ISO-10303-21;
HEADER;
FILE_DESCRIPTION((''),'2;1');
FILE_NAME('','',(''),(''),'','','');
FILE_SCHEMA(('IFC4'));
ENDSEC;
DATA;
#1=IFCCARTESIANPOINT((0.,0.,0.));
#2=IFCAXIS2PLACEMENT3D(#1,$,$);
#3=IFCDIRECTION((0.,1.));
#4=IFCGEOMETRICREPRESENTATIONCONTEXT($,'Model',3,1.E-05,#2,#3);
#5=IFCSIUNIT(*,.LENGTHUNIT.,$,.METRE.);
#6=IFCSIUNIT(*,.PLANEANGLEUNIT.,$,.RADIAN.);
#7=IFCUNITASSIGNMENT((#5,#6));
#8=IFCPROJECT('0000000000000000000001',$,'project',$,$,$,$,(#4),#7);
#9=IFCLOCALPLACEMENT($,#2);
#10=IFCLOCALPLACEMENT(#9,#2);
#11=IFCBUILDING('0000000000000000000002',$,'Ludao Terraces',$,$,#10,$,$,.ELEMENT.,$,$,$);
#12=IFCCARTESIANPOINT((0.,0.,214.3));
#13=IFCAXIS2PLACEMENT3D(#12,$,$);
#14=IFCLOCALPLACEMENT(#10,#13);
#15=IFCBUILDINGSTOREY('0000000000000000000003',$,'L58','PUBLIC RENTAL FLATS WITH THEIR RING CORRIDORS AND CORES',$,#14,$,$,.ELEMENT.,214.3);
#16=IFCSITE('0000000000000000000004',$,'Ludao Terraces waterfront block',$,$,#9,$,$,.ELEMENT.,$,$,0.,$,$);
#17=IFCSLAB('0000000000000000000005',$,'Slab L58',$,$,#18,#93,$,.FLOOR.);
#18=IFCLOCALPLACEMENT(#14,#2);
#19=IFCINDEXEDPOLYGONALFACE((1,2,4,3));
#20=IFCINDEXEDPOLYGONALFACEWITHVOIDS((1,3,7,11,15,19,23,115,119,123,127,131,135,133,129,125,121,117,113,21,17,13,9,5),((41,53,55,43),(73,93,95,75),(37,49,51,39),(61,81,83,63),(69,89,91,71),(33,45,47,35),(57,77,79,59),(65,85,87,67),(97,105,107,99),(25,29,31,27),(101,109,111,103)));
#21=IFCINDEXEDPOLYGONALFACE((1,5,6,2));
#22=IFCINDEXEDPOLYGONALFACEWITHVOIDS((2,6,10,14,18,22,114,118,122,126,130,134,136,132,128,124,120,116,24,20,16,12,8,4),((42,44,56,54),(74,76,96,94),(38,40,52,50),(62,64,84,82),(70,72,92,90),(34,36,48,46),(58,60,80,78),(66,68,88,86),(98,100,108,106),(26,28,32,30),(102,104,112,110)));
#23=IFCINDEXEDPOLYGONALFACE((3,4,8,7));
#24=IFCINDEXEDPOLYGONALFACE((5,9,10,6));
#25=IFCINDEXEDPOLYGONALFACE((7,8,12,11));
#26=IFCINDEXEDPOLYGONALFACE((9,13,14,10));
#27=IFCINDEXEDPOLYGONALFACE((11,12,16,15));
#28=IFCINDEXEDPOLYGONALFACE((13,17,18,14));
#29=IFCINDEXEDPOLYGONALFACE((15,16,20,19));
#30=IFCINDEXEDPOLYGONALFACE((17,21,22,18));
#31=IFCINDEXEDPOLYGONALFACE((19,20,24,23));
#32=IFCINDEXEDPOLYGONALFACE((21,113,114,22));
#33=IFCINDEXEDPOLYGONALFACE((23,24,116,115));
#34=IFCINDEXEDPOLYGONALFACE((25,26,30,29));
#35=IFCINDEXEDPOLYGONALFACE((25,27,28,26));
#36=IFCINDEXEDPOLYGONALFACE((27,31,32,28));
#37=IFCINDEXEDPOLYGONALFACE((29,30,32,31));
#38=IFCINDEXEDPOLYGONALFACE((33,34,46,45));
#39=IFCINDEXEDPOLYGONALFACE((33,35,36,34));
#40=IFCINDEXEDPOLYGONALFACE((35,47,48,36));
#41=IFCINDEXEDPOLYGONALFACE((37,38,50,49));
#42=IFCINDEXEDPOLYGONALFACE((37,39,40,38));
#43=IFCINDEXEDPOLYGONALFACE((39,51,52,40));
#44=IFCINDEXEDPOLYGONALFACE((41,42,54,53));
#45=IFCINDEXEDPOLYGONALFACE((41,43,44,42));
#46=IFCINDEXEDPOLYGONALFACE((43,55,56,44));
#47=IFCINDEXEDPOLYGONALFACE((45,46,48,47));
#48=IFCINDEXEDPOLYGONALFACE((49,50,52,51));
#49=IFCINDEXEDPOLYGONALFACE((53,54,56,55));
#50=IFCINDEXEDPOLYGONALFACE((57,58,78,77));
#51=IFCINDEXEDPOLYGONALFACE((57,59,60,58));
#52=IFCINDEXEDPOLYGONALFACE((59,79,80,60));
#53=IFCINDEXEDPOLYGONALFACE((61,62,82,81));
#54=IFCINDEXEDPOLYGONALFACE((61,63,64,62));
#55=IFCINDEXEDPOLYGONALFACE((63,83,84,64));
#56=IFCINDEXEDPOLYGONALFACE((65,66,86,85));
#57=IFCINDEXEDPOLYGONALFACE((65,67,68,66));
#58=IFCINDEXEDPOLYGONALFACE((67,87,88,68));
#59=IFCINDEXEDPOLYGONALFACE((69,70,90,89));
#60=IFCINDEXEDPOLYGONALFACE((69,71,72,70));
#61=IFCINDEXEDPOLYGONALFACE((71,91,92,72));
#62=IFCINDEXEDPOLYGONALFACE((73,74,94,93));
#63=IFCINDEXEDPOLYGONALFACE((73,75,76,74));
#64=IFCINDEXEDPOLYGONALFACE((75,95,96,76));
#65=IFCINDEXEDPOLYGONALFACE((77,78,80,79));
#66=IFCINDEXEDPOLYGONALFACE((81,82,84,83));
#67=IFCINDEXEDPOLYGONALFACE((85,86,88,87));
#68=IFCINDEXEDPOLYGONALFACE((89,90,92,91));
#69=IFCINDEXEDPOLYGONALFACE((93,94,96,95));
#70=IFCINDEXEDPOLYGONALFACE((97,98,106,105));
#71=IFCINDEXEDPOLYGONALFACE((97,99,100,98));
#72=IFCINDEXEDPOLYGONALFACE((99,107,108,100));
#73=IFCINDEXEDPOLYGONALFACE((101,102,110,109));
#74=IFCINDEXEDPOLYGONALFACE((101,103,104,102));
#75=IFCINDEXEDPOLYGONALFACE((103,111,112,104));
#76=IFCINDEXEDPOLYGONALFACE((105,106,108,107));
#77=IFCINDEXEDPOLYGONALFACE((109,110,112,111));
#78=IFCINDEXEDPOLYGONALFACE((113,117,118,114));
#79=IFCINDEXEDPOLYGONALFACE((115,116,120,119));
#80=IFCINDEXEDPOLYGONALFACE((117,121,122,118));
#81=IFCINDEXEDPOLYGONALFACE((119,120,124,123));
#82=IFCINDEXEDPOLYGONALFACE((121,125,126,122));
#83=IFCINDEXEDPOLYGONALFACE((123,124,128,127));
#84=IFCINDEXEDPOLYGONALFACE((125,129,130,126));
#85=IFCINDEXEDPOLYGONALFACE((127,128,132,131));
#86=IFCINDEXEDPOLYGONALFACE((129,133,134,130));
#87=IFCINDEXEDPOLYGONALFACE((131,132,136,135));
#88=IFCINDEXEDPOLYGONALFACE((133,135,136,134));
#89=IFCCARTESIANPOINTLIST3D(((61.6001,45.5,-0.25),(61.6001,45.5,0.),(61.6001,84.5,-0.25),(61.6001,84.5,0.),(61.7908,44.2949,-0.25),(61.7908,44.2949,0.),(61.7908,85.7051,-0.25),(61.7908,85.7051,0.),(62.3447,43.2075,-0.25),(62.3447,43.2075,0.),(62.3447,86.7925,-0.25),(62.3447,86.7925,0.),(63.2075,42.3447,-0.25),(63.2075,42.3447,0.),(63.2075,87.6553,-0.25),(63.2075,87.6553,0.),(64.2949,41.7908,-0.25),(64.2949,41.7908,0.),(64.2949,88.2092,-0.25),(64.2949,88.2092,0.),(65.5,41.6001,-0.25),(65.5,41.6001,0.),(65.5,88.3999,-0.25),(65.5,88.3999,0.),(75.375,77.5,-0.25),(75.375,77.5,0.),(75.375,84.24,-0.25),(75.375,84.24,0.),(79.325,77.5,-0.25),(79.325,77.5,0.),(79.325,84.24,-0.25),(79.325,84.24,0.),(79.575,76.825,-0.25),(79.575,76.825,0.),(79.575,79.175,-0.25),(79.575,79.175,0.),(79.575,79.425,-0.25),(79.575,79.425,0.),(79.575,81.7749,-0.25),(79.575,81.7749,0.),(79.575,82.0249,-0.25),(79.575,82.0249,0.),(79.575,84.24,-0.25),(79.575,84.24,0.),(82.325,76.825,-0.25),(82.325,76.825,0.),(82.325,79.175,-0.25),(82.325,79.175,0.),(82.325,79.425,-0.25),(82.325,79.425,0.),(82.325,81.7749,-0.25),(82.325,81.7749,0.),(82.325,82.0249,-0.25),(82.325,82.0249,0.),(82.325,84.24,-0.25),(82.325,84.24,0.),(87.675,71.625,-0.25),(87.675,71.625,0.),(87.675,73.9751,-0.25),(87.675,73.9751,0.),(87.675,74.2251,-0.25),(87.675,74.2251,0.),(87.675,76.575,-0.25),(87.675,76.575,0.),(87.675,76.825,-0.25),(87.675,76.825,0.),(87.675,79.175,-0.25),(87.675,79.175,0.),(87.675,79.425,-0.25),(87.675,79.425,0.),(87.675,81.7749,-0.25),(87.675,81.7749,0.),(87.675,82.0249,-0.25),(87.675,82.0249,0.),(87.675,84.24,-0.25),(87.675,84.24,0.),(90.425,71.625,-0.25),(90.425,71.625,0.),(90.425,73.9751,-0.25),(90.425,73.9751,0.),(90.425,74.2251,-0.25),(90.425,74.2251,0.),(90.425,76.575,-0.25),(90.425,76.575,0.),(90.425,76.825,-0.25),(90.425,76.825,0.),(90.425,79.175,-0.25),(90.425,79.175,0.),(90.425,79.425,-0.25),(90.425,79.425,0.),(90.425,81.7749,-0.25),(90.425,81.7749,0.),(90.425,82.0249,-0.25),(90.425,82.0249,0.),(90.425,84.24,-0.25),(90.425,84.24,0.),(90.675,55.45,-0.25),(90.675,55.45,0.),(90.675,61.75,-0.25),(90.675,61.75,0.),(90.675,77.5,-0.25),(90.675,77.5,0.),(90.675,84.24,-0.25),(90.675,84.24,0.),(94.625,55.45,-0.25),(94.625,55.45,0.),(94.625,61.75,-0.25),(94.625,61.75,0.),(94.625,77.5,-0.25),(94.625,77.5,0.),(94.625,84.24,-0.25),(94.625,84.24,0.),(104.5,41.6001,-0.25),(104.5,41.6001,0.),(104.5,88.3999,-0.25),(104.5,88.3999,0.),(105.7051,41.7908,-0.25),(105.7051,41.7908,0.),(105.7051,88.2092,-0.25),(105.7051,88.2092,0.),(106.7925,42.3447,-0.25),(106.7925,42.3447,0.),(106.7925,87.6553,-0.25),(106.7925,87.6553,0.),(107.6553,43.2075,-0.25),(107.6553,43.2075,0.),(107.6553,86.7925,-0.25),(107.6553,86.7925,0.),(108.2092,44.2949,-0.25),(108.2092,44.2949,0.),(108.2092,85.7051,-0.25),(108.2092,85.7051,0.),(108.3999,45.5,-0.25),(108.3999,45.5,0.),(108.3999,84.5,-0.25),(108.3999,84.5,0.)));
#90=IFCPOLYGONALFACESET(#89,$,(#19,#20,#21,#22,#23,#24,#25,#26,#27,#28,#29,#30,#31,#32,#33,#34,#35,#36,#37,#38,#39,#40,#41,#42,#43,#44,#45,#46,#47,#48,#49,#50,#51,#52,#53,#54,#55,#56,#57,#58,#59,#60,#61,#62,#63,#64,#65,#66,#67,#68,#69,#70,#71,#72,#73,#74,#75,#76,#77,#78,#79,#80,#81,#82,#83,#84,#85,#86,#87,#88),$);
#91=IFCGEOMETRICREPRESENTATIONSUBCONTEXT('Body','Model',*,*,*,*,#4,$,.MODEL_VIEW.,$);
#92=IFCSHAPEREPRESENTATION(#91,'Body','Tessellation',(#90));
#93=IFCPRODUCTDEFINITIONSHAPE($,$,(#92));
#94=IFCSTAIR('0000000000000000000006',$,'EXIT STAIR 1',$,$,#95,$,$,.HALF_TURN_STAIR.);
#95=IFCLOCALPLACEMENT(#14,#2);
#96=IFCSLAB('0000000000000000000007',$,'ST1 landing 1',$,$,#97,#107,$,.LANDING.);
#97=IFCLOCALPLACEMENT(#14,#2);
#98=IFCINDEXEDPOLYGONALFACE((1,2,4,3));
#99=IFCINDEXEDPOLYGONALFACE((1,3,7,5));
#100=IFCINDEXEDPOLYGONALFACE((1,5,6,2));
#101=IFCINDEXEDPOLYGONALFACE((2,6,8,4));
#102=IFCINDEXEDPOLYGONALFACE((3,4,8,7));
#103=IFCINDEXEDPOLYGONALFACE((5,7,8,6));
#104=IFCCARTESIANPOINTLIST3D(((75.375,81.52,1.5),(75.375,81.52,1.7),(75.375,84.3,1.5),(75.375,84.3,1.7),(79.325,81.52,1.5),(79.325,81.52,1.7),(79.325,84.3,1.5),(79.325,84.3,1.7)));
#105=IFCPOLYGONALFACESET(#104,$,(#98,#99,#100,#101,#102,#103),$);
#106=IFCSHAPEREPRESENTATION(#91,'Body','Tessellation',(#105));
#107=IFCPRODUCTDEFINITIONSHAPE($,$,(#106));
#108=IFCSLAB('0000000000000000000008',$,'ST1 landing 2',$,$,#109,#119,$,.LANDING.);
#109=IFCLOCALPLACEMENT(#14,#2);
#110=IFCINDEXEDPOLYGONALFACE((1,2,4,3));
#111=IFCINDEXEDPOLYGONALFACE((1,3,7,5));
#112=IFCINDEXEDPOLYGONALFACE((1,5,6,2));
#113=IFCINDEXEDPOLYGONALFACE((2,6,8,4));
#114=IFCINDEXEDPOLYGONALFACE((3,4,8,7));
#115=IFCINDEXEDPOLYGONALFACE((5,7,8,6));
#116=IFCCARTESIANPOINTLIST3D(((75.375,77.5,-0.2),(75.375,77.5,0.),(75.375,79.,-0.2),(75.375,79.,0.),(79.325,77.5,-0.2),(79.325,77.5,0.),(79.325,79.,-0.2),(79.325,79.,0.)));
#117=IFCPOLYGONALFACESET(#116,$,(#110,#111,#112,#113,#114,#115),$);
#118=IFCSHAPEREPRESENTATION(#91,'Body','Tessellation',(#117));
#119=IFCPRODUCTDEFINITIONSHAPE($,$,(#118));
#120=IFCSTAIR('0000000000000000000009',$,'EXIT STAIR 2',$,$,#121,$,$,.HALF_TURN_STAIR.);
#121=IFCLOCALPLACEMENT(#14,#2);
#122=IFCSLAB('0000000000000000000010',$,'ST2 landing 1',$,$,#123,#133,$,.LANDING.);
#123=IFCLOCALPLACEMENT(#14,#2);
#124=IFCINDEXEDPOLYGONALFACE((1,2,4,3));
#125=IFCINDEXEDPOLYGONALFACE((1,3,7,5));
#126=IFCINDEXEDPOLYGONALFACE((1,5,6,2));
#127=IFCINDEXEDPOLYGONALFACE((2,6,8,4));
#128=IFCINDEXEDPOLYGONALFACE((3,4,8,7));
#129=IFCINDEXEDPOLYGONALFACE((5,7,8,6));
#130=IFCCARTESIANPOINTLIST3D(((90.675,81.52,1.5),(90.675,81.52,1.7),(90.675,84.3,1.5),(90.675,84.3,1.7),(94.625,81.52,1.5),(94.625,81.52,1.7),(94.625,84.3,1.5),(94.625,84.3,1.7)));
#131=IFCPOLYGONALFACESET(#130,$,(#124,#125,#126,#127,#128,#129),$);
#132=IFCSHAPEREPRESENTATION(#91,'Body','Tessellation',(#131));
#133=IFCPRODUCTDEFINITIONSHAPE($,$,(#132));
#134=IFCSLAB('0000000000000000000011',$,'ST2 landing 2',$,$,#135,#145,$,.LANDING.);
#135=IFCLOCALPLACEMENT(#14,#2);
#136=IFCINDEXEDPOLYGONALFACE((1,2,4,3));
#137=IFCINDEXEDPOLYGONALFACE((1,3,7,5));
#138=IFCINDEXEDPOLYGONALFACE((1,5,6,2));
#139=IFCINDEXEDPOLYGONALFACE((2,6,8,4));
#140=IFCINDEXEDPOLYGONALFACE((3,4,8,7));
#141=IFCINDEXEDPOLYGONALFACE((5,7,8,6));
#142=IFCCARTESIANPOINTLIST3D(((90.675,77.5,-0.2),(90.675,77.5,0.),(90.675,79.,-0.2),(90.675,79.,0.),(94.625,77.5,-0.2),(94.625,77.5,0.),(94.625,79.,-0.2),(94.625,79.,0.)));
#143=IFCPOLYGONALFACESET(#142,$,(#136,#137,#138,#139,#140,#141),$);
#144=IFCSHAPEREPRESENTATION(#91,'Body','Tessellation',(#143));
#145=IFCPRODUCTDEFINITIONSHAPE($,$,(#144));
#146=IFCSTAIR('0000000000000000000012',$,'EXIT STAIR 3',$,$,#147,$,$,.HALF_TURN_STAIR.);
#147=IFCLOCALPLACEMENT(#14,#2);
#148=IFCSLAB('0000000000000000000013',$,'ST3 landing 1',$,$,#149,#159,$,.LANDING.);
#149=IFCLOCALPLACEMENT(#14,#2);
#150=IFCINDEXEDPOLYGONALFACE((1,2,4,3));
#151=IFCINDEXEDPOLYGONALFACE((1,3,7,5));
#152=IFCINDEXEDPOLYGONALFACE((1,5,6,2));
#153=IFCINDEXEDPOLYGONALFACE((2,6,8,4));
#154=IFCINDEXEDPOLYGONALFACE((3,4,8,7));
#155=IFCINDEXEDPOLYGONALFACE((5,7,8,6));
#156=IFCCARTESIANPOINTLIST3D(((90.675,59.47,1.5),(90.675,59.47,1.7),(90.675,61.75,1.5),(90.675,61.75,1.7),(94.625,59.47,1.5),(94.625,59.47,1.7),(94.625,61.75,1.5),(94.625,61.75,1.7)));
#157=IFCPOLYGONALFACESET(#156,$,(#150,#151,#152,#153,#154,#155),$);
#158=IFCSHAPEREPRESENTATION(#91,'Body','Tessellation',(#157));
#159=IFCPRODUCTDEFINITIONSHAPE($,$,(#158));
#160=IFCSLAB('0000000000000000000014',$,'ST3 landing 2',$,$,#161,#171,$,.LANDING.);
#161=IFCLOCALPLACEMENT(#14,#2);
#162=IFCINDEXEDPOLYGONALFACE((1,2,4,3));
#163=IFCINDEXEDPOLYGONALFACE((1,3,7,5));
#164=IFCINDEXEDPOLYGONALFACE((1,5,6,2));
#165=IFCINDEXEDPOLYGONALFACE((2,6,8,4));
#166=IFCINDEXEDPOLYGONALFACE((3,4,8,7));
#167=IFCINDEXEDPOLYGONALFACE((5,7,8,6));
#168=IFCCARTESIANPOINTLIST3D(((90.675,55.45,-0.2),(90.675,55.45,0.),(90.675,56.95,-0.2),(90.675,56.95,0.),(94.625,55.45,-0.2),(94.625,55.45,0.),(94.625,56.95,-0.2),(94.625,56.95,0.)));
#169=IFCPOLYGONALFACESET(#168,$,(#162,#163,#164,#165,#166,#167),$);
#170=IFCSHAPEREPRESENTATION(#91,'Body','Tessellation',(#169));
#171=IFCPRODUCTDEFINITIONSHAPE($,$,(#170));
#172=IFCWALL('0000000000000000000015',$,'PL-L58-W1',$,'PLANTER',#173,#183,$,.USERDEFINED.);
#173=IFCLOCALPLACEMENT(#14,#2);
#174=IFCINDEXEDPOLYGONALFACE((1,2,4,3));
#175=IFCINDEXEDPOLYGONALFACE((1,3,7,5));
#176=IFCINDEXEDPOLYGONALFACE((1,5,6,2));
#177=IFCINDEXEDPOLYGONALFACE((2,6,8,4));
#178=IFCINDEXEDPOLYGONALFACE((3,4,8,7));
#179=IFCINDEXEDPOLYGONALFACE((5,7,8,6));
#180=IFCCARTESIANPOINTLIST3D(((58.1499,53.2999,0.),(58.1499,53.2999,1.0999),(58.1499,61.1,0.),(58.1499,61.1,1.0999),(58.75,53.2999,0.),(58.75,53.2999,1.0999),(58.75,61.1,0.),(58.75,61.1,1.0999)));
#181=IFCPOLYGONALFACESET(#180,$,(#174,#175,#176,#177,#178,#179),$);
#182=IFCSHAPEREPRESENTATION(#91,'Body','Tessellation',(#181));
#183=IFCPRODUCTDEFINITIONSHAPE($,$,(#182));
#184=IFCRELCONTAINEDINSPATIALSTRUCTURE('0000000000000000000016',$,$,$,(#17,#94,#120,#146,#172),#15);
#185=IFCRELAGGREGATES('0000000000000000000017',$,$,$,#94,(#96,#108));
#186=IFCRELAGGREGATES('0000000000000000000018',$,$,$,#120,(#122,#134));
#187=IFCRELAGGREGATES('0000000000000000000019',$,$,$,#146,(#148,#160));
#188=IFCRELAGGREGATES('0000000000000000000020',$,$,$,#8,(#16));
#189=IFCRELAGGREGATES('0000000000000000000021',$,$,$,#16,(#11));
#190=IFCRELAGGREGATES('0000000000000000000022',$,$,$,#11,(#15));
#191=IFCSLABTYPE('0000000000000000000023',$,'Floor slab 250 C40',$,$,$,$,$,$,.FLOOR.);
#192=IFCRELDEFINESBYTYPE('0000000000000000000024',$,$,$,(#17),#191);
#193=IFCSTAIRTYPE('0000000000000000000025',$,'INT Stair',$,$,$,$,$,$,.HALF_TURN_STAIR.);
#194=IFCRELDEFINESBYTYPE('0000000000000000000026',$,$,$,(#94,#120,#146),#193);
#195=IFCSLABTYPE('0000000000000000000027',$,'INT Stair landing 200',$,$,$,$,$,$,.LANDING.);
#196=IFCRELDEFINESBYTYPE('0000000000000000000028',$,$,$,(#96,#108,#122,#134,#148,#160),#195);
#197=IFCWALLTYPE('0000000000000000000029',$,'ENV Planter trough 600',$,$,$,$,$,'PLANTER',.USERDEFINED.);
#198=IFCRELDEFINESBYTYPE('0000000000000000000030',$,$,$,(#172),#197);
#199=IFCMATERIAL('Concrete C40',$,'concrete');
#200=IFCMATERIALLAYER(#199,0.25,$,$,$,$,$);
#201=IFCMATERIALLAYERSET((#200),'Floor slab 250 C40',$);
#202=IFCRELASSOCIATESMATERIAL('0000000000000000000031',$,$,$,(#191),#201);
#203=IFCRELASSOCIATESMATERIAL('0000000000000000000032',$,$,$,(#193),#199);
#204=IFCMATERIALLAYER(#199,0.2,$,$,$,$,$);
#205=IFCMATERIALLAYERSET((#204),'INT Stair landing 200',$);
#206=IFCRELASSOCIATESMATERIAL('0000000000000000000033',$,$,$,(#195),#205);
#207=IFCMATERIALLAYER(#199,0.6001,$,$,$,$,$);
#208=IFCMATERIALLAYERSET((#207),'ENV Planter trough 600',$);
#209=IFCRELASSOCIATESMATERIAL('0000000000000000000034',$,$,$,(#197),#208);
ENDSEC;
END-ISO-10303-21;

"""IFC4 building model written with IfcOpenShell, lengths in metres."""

from ifc_helpers import new_model, si_unit, direction, frame, frame_2d, origin, place, context, subcontext, project, spatial, polyline, rectangle, outline, extrude, material, layer, layer_set, type_object, element, aggregate, save


model = new_model("IFC4")

# Units and contexts
model_context = context("Model", 3, precision=1e-05, world=origin(), true_north=direction((0.0, 1.0)))
body_context = subcontext(model_context, "Body", "Model", "MODEL_VIEW")
ifc_project = project(units=[si_unit("LENGTHUNIT", "METRE"), si_unit("PLANEANGLEUNIT", "RADIAN")], contexts=[model_context])

# Site, building, storey
site_placement = place(None, origin())
site = spatial("IfcSite", under=ifc_project, at=site_placement, Name="Ludao Terraces waterfront block", CompositionType="ELEMENT", RefElevation=0.0)
building_placement = place(site_placement, origin())
building = spatial("IfcBuilding", under=site, at=building_placement, Name="Ludao Terraces", CompositionType="ELEMENT")
storey_placement = place(building_placement, frame((0.0, 0.0, 214.3)))
storey = spatial("IfcBuildingStorey", under=building, at=storey_placement, Name="L58", Description="PUBLIC RENTAL FLATS WITH THEIR RING CORRIDORS AND CORES", CompositionType="ELEMENT", Elevation=214.3)

# Shared definitions
ifc_material_1 = material(Name="Concrete C40", Category="concrete")

# Slab
ifc_layer_1 = layer(ifc_material_1, 0.25)
ifc_layer_set_1 = layer_set([ifc_layer_1], Name="Floor slab 250 C40")
slab_type_1 = type_object("IfcSlabType", Name="Floor slab 250 C40", PredefinedType="FLOOR", material=ifc_layer_set_1)
slab_1_placement = place(storey_placement, frame((0.0, 0.0, -0.25)))
element("IfcSlab", 1, at=slab_1_placement, inside=storey, type_object=slab_type_1, Name="Slab L58", PredefinedType="FLOOR", context=body_context, shape_type="SweptSolid", body=[
    extrude(outline(polyline([(104.5, 41.6001), (105.7051, 41.7908), (106.7925, 42.3447), (107.6553, 43.2075), (108.2092, 44.2949), (108.3999, 45.5), (108.3999, 84.5), (108.2092, 85.7051), (107.6553, 86.7925), (106.7925, 87.6553), (105.7051, 88.2092), (104.5, 88.3999), (65.5, 88.3999), (64.2949, 88.2092), (63.2075, 87.6553), (62.3447, 86.7925), (61.7908, 85.7051), (61.6001, 84.5), (61.6001, 45.5), (61.7908, 44.2949), (62.3447, 43.2075), (63.2075, 42.3447), (64.2949, 41.7908), (65.5, 41.6001), (104.5, 41.6001)]), holes=[polyline([(79.575, 76.825), (82.325, 76.825), (82.325, 79.175), (79.575, 79.175), (79.575, 76.825)]), polyline([(79.575, 79.425), (82.325, 79.425), (82.325, 81.7749), (79.575, 81.7749), (79.575, 79.425)]), polyline([(79.575, 82.0249), (82.325, 82.0249), (82.325, 84.24), (79.575, 84.24), (79.575, 82.0249)]), polyline([(87.675, 71.625), (90.425, 71.625), (90.425, 73.9751), (87.675, 73.9751), (87.675, 71.625)]), polyline([(87.675, 74.2251), (90.425, 74.2251), (90.425, 76.575), (87.675, 76.575), (87.675, 74.2251)]), polyline([(87.675, 76.825), (90.425, 76.825), (90.425, 79.175), (87.675, 79.175), (87.675, 76.825)]), polyline([(87.675, 79.425), (90.425, 79.425), (90.425, 81.7749), (87.675, 81.7749), (87.675, 79.425)]), polyline([(87.675, 82.0249), (90.425, 82.0249), (90.425, 84.24), (87.675, 84.24), (87.675, 82.0249)]), polyline([(75.375, 77.5), (79.325, 77.5), (79.325, 84.24), (75.375, 84.24), (75.375, 77.5)]), polyline([(90.675, 77.5), (94.625, 77.5), (94.625, 84.24), (90.675, 84.24), (90.675, 77.5)]), polyline([(90.675, 55.45), (94.625, 55.45), (94.625, 61.75), (90.675, 61.75), (90.675, 55.45)])]), origin(), (0.0, 0.0, 1.0), 0.25),
])

# Stairs, slabs
stair_type = type_object("IfcStairType", Name="INT Stair", PredefinedType="HALF_TURN_STAIR", material=ifc_material_1)
stair_1_placement = place(storey_placement, origin())
stair_1 = element("IfcStair", 2, at=stair_1_placement, inside=storey, type_object=stair_type, Name="EXIT STAIR 1", PredefinedType="HALF_TURN_STAIR")
ifc_layer_2 = layer(ifc_material_1, 0.2)
ifc_layer_set_2 = layer_set([ifc_layer_2], Name="INT Stair landing 200")
slab_type_2 = type_object("IfcSlabType", Name="INT Stair landing 200", PredefinedType="LANDING", material=ifc_layer_set_2)
slab_2_placement = place(storey_placement, frame((0.0, 0.0, 1.5)))
slab_2 = element("IfcSlab", 3, at=slab_2_placement, type_object=slab_type_2, Name="ST1 landing 1", PredefinedType="LANDING", context=body_context, shape_type="SweptSolid", body=[
    extrude(outline(polyline([(75.375, 81.52), (79.325, 81.52), (79.325, 84.3), (75.375, 84.3), (75.375, 81.52)])), origin(), (0.0, 0.0, 1.0), 0.2),
])
slab_3_placement = place(storey_placement, frame((0.0, 0.0, -0.2)))
slab_3 = element("IfcSlab", 4, at=slab_3_placement, type_object=slab_type_2, Name="ST1 landing 2", PredefinedType="LANDING", context=body_context, shape_type="SweptSolid", body=[
    extrude(outline(polyline([(75.375, 77.5), (79.325, 77.5), (79.325, 79.0), (75.375, 79.0), (75.375, 77.5)])), origin(), (0.0, 0.0, 1.0), 0.2),
])
aggregate(stair_1, [slab_2, slab_3])
stair_2_placement = place(storey_placement, origin())
stair_2 = element("IfcStair", 5, at=stair_2_placement, inside=storey, type_object=stair_type, Name="EXIT STAIR 2", PredefinedType="HALF_TURN_STAIR")
slab_4_placement = place(storey_placement, frame((0.0, 0.0, 1.5)))
slab_4 = element("IfcSlab", 6, at=slab_4_placement, type_object=slab_type_2, Name="ST2 landing 1", PredefinedType="LANDING", context=body_context, shape_type="SweptSolid", body=[
    extrude(outline(polyline([(90.675, 81.52), (94.625, 81.52), (94.625, 84.3), (90.675, 84.3), (90.675, 81.52)])), origin(), (0.0, 0.0, 1.0), 0.2),
])
slab_5_placement = place(storey_placement, frame((0.0, 0.0, -0.2)))
slab_5 = element("IfcSlab", 7, at=slab_5_placement, type_object=slab_type_2, Name="ST2 landing 2", PredefinedType="LANDING", context=body_context, shape_type="SweptSolid", body=[
    extrude(outline(polyline([(90.675, 77.5), (94.625, 77.5), (94.625, 79.0), (90.675, 79.0), (90.675, 77.5)])), origin(), (0.0, 0.0, 1.0), 0.2),
])
aggregate(stair_2, [slab_4, slab_5])
stair_3_placement = place(storey_placement, origin())
stair_3 = element("IfcStair", 8, at=stair_3_placement, inside=storey, type_object=stair_type, Name="EXIT STAIR 3", PredefinedType="HALF_TURN_STAIR")
slab_6_placement = place(storey_placement, frame((0.0, 0.0, 1.5)))
slab_6 = element("IfcSlab", 9, at=slab_6_placement, type_object=slab_type_2, Name="ST3 landing 1", PredefinedType="LANDING", context=body_context, shape_type="SweptSolid", body=[
    extrude(outline(polyline([(90.675, 59.47), (94.625, 59.47), (94.625, 61.75), (90.675, 61.75), (90.675, 59.47)])), origin(), (0.0, 0.0, 1.0), 0.2),
])
slab_7_placement = place(storey_placement, frame((0.0, 0.0, -0.2)))
slab_7 = element("IfcSlab", 10, at=slab_7_placement, type_object=slab_type_2, Name="ST3 landing 2", PredefinedType="LANDING", context=body_context, shape_type="SweptSolid", body=[
    extrude(outline(polyline([(90.675, 55.45), (94.625, 55.45), (94.625, 56.95), (90.675, 56.95), (90.675, 55.45)])), origin(), (0.0, 0.0, 1.0), 0.2),
])
aggregate(stair_3, [slab_6, slab_7])

# Wall
ifc_layer_3 = layer(ifc_material_1, 0.6001)
ifc_layer_set_3 = layer_set([ifc_layer_3], Name="ENV Planter trough 600")
wall_type = type_object("IfcWallType", Name="ENV Planter trough 600", ElementType="PLANTER", PredefinedType="USERDEFINED", material=ifc_layer_set_3)
wall_1_placement = place(storey_placement, frame((58.45, 53.3, 0.0), z_axis=(0.0, 0.0, 1.0), x_axis=(0.0, 1.0, 0.0)))
element("IfcWall", 11, at=wall_1_placement, inside=storey, type_object=wall_type, Name="PL-L58-W1", ObjectType="PLANTER", PredefinedType="USERDEFINED", context=body_context, shape_type="SweptSolid", body=[
    extrude(rectangle(XDim=7.8, YDim=0.6001, at=frame_2d((3.8999, 0.0))), origin(), (0.0, 0.0, 1.0), 1.0999),
])

save(model, "model.ifc")
